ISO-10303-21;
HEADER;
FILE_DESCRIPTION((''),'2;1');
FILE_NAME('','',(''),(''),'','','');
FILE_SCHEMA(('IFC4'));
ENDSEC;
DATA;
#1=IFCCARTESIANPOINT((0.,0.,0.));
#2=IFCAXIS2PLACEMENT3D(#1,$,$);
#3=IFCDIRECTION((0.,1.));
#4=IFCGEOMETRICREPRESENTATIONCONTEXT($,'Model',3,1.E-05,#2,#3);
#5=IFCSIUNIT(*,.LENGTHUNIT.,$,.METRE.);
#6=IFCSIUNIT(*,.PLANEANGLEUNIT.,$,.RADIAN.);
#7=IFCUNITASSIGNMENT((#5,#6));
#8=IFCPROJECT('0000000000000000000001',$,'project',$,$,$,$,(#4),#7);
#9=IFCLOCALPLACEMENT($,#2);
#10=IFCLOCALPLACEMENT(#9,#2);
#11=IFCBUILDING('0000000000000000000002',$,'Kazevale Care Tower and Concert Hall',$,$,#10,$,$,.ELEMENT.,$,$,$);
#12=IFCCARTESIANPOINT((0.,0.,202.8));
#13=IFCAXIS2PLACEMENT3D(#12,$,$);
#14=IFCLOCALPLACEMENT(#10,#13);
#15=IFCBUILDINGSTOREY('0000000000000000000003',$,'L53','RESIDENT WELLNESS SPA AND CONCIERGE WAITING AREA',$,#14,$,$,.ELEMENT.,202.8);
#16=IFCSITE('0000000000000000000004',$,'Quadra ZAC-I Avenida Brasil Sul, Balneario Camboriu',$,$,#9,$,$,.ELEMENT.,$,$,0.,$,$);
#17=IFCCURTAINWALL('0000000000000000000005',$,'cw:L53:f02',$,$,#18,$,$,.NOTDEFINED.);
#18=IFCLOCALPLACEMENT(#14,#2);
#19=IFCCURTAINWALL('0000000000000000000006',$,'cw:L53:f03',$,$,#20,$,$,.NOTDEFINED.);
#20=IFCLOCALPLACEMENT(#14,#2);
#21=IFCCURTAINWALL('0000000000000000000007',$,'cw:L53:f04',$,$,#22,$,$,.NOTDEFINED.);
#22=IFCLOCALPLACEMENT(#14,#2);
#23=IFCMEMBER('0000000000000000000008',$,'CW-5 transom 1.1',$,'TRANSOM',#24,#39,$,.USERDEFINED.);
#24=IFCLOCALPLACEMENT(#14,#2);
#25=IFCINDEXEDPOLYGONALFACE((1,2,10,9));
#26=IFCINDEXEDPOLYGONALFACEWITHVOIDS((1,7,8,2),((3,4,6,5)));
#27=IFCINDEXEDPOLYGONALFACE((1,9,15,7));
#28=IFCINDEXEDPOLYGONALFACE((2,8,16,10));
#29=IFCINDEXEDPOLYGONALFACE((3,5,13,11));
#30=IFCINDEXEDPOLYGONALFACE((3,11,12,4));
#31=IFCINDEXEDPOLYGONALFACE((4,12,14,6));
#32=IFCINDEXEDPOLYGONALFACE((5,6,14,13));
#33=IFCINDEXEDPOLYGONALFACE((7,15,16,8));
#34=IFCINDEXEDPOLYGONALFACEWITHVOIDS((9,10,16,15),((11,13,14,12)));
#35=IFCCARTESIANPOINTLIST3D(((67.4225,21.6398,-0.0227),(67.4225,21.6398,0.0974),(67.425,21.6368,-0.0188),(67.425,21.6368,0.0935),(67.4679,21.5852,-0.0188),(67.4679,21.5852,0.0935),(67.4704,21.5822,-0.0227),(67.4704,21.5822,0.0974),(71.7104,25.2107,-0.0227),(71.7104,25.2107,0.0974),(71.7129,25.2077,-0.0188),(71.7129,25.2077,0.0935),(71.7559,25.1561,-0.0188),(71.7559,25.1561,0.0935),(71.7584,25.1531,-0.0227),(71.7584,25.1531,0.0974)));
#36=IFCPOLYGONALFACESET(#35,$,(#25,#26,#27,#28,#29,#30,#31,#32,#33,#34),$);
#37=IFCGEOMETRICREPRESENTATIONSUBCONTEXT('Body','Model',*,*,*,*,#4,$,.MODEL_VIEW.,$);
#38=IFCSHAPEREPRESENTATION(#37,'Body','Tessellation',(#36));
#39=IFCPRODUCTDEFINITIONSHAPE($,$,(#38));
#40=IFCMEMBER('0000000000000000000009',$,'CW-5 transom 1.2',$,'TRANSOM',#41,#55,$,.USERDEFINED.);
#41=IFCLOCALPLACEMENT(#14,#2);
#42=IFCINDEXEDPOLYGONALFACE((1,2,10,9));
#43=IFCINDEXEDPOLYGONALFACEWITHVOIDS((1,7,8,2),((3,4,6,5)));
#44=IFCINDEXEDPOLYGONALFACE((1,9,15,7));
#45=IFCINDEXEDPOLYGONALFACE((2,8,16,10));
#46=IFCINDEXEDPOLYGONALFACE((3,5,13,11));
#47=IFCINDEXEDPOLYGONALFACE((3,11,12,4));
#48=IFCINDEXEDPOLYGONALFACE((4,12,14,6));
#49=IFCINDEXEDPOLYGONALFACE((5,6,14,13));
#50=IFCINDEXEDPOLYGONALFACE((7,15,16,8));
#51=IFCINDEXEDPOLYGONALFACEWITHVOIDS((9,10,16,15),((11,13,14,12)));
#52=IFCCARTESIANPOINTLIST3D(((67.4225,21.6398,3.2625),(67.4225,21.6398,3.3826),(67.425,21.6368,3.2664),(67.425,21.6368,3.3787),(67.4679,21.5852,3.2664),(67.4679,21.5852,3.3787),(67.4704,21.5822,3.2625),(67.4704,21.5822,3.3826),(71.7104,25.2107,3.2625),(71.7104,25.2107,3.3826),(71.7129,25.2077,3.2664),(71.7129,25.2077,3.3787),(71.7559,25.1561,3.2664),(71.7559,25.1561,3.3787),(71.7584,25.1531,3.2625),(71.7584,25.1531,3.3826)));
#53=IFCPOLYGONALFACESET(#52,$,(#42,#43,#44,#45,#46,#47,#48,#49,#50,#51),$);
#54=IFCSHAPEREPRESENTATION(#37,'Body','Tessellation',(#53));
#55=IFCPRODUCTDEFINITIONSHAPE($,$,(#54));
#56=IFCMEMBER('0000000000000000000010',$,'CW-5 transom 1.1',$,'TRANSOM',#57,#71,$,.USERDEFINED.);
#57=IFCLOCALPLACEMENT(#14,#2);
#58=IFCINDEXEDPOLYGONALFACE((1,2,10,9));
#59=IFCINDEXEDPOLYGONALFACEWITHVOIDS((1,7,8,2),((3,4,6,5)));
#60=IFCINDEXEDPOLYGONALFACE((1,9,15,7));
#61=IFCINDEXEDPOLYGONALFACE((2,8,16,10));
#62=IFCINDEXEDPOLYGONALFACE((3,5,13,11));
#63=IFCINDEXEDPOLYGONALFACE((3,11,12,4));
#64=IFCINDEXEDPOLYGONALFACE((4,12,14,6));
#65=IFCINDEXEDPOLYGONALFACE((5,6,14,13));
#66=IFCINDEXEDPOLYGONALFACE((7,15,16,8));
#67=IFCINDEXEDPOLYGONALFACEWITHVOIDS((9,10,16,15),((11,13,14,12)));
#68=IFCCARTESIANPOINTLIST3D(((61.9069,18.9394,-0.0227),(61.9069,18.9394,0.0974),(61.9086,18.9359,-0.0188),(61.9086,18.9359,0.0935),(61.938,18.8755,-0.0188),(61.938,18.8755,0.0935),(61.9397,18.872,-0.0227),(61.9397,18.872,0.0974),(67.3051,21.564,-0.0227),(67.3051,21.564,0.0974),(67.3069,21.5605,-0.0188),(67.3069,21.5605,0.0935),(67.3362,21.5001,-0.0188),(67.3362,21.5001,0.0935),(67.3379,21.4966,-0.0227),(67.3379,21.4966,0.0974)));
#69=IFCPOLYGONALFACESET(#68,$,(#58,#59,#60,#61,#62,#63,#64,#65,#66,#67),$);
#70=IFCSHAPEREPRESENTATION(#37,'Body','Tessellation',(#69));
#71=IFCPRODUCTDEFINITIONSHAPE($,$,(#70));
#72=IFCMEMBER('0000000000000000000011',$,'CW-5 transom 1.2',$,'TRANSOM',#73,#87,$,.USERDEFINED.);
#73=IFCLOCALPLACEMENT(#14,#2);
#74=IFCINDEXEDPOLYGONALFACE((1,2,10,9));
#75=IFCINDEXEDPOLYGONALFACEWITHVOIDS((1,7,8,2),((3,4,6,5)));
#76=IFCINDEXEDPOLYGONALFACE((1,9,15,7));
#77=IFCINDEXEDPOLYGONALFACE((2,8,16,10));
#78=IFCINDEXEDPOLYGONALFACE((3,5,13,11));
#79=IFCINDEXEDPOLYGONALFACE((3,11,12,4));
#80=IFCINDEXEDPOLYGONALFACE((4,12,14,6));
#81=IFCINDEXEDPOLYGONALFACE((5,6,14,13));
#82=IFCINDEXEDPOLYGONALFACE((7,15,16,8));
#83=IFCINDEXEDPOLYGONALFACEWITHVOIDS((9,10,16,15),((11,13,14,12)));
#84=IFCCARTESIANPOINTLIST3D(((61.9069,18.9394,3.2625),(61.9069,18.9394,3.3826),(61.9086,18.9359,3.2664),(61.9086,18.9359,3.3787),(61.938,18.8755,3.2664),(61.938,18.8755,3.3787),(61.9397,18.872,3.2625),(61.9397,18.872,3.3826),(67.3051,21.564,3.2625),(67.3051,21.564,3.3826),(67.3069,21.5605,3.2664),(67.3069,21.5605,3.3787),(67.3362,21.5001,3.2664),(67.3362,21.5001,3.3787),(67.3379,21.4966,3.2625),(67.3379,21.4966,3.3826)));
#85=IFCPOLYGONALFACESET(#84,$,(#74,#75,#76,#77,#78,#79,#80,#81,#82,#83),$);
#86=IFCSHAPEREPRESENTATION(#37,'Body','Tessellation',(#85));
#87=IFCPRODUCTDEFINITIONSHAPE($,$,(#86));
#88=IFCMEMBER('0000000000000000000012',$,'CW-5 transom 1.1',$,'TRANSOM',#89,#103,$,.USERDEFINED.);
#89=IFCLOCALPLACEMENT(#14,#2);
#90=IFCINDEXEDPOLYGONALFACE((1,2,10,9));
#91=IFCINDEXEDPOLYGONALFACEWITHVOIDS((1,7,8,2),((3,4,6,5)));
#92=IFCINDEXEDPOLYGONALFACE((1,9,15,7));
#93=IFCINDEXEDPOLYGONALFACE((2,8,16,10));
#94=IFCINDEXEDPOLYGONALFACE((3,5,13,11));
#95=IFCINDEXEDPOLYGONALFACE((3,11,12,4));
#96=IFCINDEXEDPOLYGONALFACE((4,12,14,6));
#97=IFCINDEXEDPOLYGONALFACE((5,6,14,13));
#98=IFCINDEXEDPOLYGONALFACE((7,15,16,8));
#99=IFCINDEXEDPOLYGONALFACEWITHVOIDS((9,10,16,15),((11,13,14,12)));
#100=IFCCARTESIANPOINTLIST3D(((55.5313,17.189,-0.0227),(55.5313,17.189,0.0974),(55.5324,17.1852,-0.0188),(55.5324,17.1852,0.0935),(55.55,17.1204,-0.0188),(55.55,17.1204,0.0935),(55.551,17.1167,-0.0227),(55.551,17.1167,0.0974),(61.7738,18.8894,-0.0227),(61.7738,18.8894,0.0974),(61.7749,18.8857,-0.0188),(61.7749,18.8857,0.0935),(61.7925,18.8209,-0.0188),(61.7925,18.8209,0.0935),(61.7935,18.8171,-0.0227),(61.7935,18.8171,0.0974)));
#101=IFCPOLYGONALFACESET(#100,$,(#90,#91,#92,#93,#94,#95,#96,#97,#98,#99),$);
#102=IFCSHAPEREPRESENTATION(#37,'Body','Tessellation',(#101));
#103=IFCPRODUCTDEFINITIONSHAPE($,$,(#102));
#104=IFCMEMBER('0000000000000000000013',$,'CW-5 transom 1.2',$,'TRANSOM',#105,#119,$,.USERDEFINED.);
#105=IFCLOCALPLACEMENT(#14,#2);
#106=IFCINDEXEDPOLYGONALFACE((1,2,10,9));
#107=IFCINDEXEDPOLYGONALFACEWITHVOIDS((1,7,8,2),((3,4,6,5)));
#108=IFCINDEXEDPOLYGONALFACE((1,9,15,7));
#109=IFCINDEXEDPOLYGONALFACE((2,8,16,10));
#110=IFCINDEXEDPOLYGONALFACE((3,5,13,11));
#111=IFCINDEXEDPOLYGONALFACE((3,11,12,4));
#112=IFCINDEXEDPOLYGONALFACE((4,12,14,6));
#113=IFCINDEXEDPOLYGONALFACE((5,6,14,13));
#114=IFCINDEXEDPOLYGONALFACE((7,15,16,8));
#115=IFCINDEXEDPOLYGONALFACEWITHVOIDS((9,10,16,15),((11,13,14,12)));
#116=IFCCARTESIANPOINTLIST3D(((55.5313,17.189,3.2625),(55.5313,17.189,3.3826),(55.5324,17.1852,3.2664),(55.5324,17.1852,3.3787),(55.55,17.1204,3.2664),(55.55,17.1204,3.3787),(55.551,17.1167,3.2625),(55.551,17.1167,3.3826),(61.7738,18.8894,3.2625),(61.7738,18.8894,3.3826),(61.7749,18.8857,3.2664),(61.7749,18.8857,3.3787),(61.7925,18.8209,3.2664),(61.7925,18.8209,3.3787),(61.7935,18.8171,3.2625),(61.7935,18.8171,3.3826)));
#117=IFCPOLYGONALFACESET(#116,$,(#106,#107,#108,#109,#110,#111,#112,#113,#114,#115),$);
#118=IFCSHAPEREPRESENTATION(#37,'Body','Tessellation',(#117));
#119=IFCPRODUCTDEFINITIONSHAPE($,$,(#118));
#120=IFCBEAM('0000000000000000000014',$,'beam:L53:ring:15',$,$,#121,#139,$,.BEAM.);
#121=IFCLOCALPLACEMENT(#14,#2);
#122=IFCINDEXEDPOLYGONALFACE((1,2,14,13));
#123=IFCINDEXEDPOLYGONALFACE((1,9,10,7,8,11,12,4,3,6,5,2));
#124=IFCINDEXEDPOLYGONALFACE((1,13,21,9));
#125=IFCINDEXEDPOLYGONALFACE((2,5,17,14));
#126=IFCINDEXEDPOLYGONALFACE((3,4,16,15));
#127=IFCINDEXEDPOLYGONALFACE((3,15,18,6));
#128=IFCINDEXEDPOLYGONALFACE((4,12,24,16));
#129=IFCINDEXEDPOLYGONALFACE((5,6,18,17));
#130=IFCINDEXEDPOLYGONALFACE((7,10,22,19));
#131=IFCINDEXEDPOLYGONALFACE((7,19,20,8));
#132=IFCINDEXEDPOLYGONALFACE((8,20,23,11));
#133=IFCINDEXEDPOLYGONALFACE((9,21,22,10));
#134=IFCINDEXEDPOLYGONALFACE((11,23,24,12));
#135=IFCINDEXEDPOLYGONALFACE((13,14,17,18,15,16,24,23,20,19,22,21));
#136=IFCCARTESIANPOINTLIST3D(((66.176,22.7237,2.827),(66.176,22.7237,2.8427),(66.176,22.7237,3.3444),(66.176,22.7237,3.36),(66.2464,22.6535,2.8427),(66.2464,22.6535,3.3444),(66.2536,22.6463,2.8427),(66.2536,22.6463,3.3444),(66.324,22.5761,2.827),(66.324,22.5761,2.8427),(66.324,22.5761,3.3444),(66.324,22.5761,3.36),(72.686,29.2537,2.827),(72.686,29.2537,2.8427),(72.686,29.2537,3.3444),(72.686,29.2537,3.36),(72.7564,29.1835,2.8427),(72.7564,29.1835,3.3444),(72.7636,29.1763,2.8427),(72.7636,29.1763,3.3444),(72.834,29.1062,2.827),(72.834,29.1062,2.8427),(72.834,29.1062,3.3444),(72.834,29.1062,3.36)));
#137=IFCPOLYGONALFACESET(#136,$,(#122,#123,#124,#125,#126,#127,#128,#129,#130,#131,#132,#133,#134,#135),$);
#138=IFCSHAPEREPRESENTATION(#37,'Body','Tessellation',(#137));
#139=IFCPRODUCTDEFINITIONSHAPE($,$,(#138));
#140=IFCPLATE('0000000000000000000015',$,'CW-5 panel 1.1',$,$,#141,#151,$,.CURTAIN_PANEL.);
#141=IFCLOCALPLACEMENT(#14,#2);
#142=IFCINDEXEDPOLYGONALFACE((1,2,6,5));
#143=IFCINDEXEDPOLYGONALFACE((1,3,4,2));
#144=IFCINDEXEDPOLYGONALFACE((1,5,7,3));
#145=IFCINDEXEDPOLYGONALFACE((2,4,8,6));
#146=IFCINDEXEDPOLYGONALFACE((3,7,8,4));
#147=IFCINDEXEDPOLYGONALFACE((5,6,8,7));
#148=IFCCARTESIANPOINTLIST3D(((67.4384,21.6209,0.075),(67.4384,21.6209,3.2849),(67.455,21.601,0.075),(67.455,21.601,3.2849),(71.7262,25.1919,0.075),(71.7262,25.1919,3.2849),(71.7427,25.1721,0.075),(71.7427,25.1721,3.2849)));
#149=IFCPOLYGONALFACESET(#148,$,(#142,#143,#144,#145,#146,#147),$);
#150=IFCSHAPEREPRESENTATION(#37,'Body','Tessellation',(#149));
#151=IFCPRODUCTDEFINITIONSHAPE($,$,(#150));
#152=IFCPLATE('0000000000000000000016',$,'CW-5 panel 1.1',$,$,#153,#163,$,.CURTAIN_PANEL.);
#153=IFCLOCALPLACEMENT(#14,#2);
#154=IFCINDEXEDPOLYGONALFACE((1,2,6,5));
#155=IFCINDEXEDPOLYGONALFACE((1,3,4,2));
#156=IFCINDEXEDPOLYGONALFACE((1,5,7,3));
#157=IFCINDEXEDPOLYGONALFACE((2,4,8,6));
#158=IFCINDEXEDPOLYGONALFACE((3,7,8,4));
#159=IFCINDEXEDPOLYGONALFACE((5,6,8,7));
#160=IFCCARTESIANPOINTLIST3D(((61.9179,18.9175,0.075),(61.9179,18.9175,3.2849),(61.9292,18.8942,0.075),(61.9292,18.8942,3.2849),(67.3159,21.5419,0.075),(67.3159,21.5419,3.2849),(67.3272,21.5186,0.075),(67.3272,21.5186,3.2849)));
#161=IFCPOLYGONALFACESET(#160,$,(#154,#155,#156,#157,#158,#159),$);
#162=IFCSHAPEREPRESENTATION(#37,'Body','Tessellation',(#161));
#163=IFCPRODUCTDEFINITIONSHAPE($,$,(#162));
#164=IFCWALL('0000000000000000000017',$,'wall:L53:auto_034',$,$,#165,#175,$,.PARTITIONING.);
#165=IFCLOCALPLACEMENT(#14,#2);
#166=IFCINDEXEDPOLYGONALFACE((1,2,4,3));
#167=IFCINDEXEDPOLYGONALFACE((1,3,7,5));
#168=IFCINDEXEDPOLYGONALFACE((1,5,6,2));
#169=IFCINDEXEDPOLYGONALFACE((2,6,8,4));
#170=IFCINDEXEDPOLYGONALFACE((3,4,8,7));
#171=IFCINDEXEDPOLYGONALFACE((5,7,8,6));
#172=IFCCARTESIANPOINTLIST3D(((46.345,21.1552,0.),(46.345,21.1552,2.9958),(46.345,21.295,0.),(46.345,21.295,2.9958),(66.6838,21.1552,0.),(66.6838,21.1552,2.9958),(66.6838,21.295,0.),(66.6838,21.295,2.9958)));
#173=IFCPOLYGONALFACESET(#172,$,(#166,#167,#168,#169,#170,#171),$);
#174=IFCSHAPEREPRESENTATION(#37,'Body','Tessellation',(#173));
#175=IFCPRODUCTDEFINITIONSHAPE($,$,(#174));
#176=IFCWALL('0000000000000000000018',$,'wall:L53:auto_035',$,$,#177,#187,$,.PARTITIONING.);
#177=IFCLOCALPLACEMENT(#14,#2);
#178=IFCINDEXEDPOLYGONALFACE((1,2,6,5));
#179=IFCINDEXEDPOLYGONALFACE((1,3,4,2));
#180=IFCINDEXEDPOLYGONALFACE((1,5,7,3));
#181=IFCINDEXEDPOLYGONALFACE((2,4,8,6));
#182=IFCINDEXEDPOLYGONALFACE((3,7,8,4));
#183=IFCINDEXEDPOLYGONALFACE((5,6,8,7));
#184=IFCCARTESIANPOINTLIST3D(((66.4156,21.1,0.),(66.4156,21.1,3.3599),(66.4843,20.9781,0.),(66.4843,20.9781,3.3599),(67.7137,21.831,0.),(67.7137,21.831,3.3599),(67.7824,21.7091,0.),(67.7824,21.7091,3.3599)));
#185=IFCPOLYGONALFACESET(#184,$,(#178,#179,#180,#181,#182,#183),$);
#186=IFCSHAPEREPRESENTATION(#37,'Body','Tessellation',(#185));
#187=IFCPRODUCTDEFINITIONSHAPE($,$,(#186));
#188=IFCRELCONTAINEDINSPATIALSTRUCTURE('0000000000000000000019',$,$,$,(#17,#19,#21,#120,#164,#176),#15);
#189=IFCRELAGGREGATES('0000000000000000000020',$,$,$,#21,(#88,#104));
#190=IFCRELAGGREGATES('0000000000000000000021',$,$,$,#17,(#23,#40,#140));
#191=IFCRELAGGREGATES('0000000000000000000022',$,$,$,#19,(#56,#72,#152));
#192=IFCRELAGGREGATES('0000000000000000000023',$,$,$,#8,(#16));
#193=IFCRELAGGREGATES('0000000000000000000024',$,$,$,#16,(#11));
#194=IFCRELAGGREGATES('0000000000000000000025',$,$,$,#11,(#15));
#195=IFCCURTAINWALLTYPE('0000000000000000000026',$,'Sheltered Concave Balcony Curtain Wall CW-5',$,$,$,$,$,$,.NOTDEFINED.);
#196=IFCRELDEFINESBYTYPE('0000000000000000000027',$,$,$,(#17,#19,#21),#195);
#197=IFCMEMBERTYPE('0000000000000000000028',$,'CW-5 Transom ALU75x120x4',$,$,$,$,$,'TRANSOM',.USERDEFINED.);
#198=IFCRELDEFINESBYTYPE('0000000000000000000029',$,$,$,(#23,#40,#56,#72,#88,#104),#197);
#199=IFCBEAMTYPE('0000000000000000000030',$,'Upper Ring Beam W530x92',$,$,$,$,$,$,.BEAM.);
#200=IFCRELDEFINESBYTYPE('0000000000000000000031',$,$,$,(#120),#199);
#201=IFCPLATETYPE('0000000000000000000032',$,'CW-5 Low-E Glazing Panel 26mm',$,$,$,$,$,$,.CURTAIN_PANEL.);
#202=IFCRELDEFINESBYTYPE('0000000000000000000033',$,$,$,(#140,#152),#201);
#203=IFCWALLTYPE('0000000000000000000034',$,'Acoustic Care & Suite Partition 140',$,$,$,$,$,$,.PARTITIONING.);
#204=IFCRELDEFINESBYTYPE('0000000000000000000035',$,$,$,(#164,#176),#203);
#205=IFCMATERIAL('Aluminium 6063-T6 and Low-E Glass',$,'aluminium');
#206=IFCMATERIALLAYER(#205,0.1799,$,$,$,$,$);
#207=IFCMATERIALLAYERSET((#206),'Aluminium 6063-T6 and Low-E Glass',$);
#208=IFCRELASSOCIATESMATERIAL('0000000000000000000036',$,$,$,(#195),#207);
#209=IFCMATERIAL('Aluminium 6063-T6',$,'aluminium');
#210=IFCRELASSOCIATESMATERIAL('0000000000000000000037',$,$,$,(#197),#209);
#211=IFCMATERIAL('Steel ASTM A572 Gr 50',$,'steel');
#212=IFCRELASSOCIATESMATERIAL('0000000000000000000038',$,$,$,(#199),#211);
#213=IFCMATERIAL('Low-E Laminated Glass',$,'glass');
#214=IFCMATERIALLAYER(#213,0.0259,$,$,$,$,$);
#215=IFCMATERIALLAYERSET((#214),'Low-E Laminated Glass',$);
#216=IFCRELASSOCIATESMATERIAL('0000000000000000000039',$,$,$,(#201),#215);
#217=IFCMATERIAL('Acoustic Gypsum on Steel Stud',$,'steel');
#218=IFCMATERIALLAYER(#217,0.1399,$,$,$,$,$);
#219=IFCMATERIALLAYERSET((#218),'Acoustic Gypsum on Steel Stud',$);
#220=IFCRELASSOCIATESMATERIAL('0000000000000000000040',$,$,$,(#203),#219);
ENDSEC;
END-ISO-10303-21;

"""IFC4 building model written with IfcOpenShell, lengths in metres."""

from ifc_helpers import new_model, si_unit, direction, frame, frame_2d, origin, origin_2d, place, context, subcontext, project, spatial, rectangle, hollow_rectangle, i_section, extrude, material, layer, layer_set, material_profile, profile_set, type_object, element, aggregate, save


model = new_model("IFC4")

# Units and contexts
model_context = context("Model", 3, precision=1e-05, world=origin(), true_north=direction((0.0, 1.0)))
body_context = subcontext(model_context, "Body", "Model", "MODEL_VIEW")
ifc_project = project(units=[si_unit("LENGTHUNIT", "METRE"), si_unit("PLANEANGLEUNIT", "RADIAN")], contexts=[model_context])

# Site, building, storey
site_placement = place(None, origin())
site = spatial("IfcSite", under=ifc_project, at=site_placement, Name="Quadra ZAC-I Avenida Brasil Sul, Balneario Camboriu", CompositionType="ELEMENT", RefElevation=0.0)
building_placement = place(site_placement, origin())
building = spatial("IfcBuilding", under=site, at=building_placement, Name="Kazevale Care Tower and Concert Hall", CompositionType="ELEMENT")
storey_placement = place(building_placement, frame((0.0, 0.0, 202.8)))
storey = spatial("IfcBuildingStorey", under=building, at=storey_placement, Name="L53", Description="RESIDENT WELLNESS SPA AND CONCIERGE WAITING AREA", CompositionType="ELEMENT", Elevation=202.8)

# Curtain walls
ifc_material_1 = material(Name="Aluminium 6063-T6 and Low-E Glass", Category="aluminium")
ifc_layer_1 = layer(ifc_material_1, 0.1799)
ifc_layer_set_1 = layer_set([ifc_layer_1], Name="Aluminium 6063-T6 and Low-E Glass")
curtain_wall_type = type_object("IfcCurtainWallType", Name="Sheltered Concave Balcony Curtain Wall CW-5", PredefinedType="NOTDEFINED", material=ifc_layer_set_1)
curtain_wall_1_placement = place(storey_placement, origin())
curtain_wall_1 = element("IfcCurtainWall", 1, at=curtain_wall_1_placement, inside=storey, type_object=curtain_wall_type, Name="cw:L53:f02", PredefinedType="NOTDEFINED")
ifc_material_2 = material(Name="Aluminium 6063-T6", Category="aluminium")
curtain_wall_2_placement = place(storey_placement, origin())
curtain_wall_2 = element("IfcCurtainWall", 2, at=curtain_wall_2_placement, inside=storey, type_object=curtain_wall_type, Name="cw:L53:f03", PredefinedType="NOTDEFINED")

# Curtain wall
curtain_wall_3_placement = place(storey_placement, origin())
curtain_wall_3 = element("IfcCurtainWall", 3, at=curtain_wall_3_placement, inside=storey, type_object=curtain_wall_type, Name="cw:L53:f04", PredefinedType="NOTDEFINED")

# Members
ifc_material_profile_1 = material_profile(ifc_material_2, hollow_rectangle(XDim=0.075, YDim=0.1201, WallThickness=0.0039, at=origin_2d()), Name="ALU75x120x4")
ifc_profile_set_1 = profile_set([ifc_material_profile_1], Name="Aluminium 6063-T6")
member_type_1 = type_object("IfcMemberType", Name="CW-5 Transom ALU75x120x4", ElementType="TRANSOM", PredefinedType="USERDEFINED", material=ifc_profile_set_1)
member_1_placement = place(storey_placement, frame((71.7344, 25.1819, 0.0374), z_axis=(-0.768433, -0.63993, 0.0), x_axis=(0.63993, -0.768433, 0.0)))
member_1 = element("IfcMember", 4, at=member_1_placement, type_object=member_type_1, Name="CW-5 transom 1.1", ObjectType="TRANSOM", PredefinedType="USERDEFINED", context=body_context, shape_type="SweptSolid", body=[
    extrude(hollow_rectangle(XDim=0.075, YDim=0.1201, WallThickness=0.0039, at=origin_2d()), origin(), (0.0, 0.0, 1.0), 5.5801),
])
member_2_placement = place(storey_placement, frame((71.7344, 25.1819, 3.3225), z_axis=(-0.768433, -0.63993, 0.0), x_axis=(0.63993, -0.768433, 0.0)))
member_2 = element("IfcMember", 5, at=member_2_placement, type_object=member_type_1, Name="CW-5 transom 1.2", ObjectType="TRANSOM", PredefinedType="USERDEFINED", context=body_context, shape_type="SweptSolid", body=[
    extrude(hollow_rectangle(XDim=0.075, YDim=0.1201, WallThickness=0.0039, at=origin_2d()), origin(), (0.0, 0.0, 1.0), 5.5801),
])
member_3_placement = place(storey_placement, frame((67.3215, 21.5303, 0.0374), z_axis=(-0.899342, -0.437245, 0.0), x_axis=(0.437245, -0.899342, 0.0)))
member_3 = element("IfcMember", 6, at=member_3_placement, type_object=member_type_1, Name="CW-5 transom 1.1", ObjectType="TRANSOM", PredefinedType="USERDEFINED", context=body_context, shape_type="SweptSolid", body=[
    extrude(hollow_rectangle(XDim=0.075, YDim=0.1201, WallThickness=0.0039, at=origin_2d()), origin(), (0.0, 0.0, 1.0), 6.0024),
])
member_4_placement = place(storey_placement, frame((67.3215, 21.5303, 3.3225), z_axis=(-0.899342, -0.437245, 0.0), x_axis=(0.437245, -0.899342, 0.0)))
member_4 = element("IfcMember", 7, at=member_4_placement, type_object=member_type_1, Name="CW-5 transom 1.2", ObjectType="TRANSOM", PredefinedType="USERDEFINED", context=body_context, shape_type="SweptSolid", body=[
    extrude(hollow_rectangle(XDim=0.075, YDim=0.1201, WallThickness=0.0039, at=origin_2d()), origin(), (0.0, 0.0, 1.0), 6.0024),
])
member_5_placement = place(storey_placement, frame((61.7837, 18.8533, 0.0374), z_axis=(-0.964844, -0.262824, 0.0), x_axis=(0.262824, -0.964844, 0.0)))
member_5 = element("IfcMember", 8, at=member_5_placement, type_object=member_type_1, Name="CW-5 transom 1.1", ObjectType="TRANSOM", PredefinedType="USERDEFINED", context=body_context, shape_type="SweptSolid", body=[
    extrude(hollow_rectangle(XDim=0.075, YDim=0.1201, WallThickness=0.0039, at=origin_2d()), origin(), (0.0, 0.0, 1.0), 6.47),
])
member_6_placement = place(storey_placement, frame((61.7837, 18.8533, 3.3225), z_axis=(-0.964844, -0.262824, 0.0), x_axis=(0.262824, -0.964844, 0.0)))
member_6 = element("IfcMember", 9, at=member_6_placement, type_object=member_type_1, Name="CW-5 transom 1.2", ObjectType="TRANSOM", PredefinedType="USERDEFINED", context=body_context, shape_type="SweptSolid", body=[
    extrude(hollow_rectangle(XDim=0.075, YDim=0.1201, WallThickness=0.0039, at=origin_2d()), origin(), (0.0, 0.0, 1.0), 6.47),
])
aggregate(curtain_wall_3, [member_5, member_6])

# Beam
ifc_material_3 = material(Name="Steel ASTM A572 Gr 50", Category="steel")
ifc_material_profile_2 = material_profile(ifc_material_3, i_section(OverallWidth=0.209, OverallDepth=0.533, WebThickness=0.0103, FlangeThickness=0.0156, at=origin_2d()), Name="W530x92")
ifc_profile_set_2 = profile_set([ifc_material_profile_2], Name="Steel ASTM A572 Gr 50")
beam_type = type_object("IfcBeamType", Name="Upper Ring Beam W530x92", PredefinedType="BEAM", material=ifc_profile_set_2)
beam_placement = place(storey_placement, frame((66.25, 22.6499, 3.0935), z_axis=(0.70602, 0.708192, 0.0), x_axis=(-0.708192, 0.70602, 0.0)))
element("IfcBeam", 10, at=beam_placement, inside=storey, type_object=beam_type, Name="beam:L53:ring:15", PredefinedType="BEAM", context=body_context, shape_type="SweptSolid", body=[
    extrude(i_section(OverallWidth=0.209, OverallDepth=0.533, WebThickness=0.0103, FlangeThickness=0.0156, at=origin_2d()), origin(), (0.0, 0.0, 1.0), 9.2207),
])

# Plates
ifc_material_4 = material(Name="Low-E Laminated Glass", Category="glass")
ifc_layer_2 = layer(ifc_material_4, 0.0259)
ifc_layer_set_2 = layer_set([ifc_layer_2], Name="Low-E Laminated Glass")
plate_type = type_object("IfcPlateType", Name="CW-5 Low-E Glazing Panel 26mm", PredefinedType="CURTAIN_PANEL", material=ifc_layer_set_2)
plate_1_placement = place(storey_placement, frame((69.5906, 23.3965, 0.075), z_axis=(0.0, 0.0, 1.0), x_axis=(-0.768407, -0.639961, 0.0)))
plate_1 = element("IfcPlate", 11, at=plate_1_placement, type_object=plate_type, Name="CW-5 panel 1.1", PredefinedType="CURTAIN_PANEL", context=body_context, shape_type="SweptSolid", body=[
    extrude(rectangle(XDim=5.5801, YDim=0.0259, at=origin_2d()), origin(), (0.0, 0.0, 1.0), 3.21),
])
aggregate(curtain_wall_1, [member_1, member_2, plate_1])
plate_2_placement = place(storey_placement, frame((64.6226, 20.218, 0.075), z_axis=(0.0, 0.0, 1.0), x_axis=(-0.899346, -0.437238, 0.0)))
plate_2 = element("IfcPlate", 12, at=plate_2_placement, type_object=plate_type, Name="CW-5 panel 1.1", PredefinedType="CURTAIN_PANEL", context=body_context, shape_type="SweptSolid", body=[
    extrude(rectangle(XDim=6.0022, YDim=0.0259, at=origin_2d()), origin(), (0.0, 0.0, 1.0), 3.21),
])
aggregate(curtain_wall_2, [member_3, member_4, plate_2])

# Walls
ifc_material_5 = material(Name="Acoustic Gypsum on Steel Stud", Category="steel")
ifc_layer_3 = layer(ifc_material_5, 0.1399)
ifc_layer_set_3 = layer_set([ifc_layer_3], Name="Acoustic Gypsum on Steel Stud")
wall_type = type_object("IfcWallType", Name="Acoustic Care & Suite Partition 140", PredefinedType="PARTITIONING", material=ifc_layer_set_3)
wall_1_placement = place(storey_placement, frame((66.6838, 21.2251, 0.0), z_axis=(0.0, 0.0, 1.0), x_axis=(-1.0, 0.0, 0.0)))
element("IfcWall", 13, at=wall_1_placement, inside=storey, type_object=wall_type, Name="wall:L53:auto_034", PredefinedType="PARTITIONING", context=body_context, shape_type="SweptSolid", body=[
    extrude(rectangle(XDim=20.3389, YDim=0.1399, at=frame_2d((10.1694, 0.0))), origin(), (0.0, 0.0, 1.0), 2.9958),
])
wall_2_placement = place(storey_placement, frame((67.748, 21.77, 0.0), z_axis=(0.0, 0.0, 1.0), x_axis=(-0.871352, -0.490658, 0.0)))
element("IfcWall", 14, at=wall_2_placement, inside=storey, type_object=wall_type, Name="wall:L53:auto_035", PredefinedType="PARTITIONING", context=body_context, shape_type="SweptSolid", body=[
    extrude(rectangle(XDim=1.4897, YDim=0.1399, at=frame_2d((0.7449, 0.0))), origin(), (0.0, 0.0, 1.0), 3.3599),
])

save(model, "model.ifc")
